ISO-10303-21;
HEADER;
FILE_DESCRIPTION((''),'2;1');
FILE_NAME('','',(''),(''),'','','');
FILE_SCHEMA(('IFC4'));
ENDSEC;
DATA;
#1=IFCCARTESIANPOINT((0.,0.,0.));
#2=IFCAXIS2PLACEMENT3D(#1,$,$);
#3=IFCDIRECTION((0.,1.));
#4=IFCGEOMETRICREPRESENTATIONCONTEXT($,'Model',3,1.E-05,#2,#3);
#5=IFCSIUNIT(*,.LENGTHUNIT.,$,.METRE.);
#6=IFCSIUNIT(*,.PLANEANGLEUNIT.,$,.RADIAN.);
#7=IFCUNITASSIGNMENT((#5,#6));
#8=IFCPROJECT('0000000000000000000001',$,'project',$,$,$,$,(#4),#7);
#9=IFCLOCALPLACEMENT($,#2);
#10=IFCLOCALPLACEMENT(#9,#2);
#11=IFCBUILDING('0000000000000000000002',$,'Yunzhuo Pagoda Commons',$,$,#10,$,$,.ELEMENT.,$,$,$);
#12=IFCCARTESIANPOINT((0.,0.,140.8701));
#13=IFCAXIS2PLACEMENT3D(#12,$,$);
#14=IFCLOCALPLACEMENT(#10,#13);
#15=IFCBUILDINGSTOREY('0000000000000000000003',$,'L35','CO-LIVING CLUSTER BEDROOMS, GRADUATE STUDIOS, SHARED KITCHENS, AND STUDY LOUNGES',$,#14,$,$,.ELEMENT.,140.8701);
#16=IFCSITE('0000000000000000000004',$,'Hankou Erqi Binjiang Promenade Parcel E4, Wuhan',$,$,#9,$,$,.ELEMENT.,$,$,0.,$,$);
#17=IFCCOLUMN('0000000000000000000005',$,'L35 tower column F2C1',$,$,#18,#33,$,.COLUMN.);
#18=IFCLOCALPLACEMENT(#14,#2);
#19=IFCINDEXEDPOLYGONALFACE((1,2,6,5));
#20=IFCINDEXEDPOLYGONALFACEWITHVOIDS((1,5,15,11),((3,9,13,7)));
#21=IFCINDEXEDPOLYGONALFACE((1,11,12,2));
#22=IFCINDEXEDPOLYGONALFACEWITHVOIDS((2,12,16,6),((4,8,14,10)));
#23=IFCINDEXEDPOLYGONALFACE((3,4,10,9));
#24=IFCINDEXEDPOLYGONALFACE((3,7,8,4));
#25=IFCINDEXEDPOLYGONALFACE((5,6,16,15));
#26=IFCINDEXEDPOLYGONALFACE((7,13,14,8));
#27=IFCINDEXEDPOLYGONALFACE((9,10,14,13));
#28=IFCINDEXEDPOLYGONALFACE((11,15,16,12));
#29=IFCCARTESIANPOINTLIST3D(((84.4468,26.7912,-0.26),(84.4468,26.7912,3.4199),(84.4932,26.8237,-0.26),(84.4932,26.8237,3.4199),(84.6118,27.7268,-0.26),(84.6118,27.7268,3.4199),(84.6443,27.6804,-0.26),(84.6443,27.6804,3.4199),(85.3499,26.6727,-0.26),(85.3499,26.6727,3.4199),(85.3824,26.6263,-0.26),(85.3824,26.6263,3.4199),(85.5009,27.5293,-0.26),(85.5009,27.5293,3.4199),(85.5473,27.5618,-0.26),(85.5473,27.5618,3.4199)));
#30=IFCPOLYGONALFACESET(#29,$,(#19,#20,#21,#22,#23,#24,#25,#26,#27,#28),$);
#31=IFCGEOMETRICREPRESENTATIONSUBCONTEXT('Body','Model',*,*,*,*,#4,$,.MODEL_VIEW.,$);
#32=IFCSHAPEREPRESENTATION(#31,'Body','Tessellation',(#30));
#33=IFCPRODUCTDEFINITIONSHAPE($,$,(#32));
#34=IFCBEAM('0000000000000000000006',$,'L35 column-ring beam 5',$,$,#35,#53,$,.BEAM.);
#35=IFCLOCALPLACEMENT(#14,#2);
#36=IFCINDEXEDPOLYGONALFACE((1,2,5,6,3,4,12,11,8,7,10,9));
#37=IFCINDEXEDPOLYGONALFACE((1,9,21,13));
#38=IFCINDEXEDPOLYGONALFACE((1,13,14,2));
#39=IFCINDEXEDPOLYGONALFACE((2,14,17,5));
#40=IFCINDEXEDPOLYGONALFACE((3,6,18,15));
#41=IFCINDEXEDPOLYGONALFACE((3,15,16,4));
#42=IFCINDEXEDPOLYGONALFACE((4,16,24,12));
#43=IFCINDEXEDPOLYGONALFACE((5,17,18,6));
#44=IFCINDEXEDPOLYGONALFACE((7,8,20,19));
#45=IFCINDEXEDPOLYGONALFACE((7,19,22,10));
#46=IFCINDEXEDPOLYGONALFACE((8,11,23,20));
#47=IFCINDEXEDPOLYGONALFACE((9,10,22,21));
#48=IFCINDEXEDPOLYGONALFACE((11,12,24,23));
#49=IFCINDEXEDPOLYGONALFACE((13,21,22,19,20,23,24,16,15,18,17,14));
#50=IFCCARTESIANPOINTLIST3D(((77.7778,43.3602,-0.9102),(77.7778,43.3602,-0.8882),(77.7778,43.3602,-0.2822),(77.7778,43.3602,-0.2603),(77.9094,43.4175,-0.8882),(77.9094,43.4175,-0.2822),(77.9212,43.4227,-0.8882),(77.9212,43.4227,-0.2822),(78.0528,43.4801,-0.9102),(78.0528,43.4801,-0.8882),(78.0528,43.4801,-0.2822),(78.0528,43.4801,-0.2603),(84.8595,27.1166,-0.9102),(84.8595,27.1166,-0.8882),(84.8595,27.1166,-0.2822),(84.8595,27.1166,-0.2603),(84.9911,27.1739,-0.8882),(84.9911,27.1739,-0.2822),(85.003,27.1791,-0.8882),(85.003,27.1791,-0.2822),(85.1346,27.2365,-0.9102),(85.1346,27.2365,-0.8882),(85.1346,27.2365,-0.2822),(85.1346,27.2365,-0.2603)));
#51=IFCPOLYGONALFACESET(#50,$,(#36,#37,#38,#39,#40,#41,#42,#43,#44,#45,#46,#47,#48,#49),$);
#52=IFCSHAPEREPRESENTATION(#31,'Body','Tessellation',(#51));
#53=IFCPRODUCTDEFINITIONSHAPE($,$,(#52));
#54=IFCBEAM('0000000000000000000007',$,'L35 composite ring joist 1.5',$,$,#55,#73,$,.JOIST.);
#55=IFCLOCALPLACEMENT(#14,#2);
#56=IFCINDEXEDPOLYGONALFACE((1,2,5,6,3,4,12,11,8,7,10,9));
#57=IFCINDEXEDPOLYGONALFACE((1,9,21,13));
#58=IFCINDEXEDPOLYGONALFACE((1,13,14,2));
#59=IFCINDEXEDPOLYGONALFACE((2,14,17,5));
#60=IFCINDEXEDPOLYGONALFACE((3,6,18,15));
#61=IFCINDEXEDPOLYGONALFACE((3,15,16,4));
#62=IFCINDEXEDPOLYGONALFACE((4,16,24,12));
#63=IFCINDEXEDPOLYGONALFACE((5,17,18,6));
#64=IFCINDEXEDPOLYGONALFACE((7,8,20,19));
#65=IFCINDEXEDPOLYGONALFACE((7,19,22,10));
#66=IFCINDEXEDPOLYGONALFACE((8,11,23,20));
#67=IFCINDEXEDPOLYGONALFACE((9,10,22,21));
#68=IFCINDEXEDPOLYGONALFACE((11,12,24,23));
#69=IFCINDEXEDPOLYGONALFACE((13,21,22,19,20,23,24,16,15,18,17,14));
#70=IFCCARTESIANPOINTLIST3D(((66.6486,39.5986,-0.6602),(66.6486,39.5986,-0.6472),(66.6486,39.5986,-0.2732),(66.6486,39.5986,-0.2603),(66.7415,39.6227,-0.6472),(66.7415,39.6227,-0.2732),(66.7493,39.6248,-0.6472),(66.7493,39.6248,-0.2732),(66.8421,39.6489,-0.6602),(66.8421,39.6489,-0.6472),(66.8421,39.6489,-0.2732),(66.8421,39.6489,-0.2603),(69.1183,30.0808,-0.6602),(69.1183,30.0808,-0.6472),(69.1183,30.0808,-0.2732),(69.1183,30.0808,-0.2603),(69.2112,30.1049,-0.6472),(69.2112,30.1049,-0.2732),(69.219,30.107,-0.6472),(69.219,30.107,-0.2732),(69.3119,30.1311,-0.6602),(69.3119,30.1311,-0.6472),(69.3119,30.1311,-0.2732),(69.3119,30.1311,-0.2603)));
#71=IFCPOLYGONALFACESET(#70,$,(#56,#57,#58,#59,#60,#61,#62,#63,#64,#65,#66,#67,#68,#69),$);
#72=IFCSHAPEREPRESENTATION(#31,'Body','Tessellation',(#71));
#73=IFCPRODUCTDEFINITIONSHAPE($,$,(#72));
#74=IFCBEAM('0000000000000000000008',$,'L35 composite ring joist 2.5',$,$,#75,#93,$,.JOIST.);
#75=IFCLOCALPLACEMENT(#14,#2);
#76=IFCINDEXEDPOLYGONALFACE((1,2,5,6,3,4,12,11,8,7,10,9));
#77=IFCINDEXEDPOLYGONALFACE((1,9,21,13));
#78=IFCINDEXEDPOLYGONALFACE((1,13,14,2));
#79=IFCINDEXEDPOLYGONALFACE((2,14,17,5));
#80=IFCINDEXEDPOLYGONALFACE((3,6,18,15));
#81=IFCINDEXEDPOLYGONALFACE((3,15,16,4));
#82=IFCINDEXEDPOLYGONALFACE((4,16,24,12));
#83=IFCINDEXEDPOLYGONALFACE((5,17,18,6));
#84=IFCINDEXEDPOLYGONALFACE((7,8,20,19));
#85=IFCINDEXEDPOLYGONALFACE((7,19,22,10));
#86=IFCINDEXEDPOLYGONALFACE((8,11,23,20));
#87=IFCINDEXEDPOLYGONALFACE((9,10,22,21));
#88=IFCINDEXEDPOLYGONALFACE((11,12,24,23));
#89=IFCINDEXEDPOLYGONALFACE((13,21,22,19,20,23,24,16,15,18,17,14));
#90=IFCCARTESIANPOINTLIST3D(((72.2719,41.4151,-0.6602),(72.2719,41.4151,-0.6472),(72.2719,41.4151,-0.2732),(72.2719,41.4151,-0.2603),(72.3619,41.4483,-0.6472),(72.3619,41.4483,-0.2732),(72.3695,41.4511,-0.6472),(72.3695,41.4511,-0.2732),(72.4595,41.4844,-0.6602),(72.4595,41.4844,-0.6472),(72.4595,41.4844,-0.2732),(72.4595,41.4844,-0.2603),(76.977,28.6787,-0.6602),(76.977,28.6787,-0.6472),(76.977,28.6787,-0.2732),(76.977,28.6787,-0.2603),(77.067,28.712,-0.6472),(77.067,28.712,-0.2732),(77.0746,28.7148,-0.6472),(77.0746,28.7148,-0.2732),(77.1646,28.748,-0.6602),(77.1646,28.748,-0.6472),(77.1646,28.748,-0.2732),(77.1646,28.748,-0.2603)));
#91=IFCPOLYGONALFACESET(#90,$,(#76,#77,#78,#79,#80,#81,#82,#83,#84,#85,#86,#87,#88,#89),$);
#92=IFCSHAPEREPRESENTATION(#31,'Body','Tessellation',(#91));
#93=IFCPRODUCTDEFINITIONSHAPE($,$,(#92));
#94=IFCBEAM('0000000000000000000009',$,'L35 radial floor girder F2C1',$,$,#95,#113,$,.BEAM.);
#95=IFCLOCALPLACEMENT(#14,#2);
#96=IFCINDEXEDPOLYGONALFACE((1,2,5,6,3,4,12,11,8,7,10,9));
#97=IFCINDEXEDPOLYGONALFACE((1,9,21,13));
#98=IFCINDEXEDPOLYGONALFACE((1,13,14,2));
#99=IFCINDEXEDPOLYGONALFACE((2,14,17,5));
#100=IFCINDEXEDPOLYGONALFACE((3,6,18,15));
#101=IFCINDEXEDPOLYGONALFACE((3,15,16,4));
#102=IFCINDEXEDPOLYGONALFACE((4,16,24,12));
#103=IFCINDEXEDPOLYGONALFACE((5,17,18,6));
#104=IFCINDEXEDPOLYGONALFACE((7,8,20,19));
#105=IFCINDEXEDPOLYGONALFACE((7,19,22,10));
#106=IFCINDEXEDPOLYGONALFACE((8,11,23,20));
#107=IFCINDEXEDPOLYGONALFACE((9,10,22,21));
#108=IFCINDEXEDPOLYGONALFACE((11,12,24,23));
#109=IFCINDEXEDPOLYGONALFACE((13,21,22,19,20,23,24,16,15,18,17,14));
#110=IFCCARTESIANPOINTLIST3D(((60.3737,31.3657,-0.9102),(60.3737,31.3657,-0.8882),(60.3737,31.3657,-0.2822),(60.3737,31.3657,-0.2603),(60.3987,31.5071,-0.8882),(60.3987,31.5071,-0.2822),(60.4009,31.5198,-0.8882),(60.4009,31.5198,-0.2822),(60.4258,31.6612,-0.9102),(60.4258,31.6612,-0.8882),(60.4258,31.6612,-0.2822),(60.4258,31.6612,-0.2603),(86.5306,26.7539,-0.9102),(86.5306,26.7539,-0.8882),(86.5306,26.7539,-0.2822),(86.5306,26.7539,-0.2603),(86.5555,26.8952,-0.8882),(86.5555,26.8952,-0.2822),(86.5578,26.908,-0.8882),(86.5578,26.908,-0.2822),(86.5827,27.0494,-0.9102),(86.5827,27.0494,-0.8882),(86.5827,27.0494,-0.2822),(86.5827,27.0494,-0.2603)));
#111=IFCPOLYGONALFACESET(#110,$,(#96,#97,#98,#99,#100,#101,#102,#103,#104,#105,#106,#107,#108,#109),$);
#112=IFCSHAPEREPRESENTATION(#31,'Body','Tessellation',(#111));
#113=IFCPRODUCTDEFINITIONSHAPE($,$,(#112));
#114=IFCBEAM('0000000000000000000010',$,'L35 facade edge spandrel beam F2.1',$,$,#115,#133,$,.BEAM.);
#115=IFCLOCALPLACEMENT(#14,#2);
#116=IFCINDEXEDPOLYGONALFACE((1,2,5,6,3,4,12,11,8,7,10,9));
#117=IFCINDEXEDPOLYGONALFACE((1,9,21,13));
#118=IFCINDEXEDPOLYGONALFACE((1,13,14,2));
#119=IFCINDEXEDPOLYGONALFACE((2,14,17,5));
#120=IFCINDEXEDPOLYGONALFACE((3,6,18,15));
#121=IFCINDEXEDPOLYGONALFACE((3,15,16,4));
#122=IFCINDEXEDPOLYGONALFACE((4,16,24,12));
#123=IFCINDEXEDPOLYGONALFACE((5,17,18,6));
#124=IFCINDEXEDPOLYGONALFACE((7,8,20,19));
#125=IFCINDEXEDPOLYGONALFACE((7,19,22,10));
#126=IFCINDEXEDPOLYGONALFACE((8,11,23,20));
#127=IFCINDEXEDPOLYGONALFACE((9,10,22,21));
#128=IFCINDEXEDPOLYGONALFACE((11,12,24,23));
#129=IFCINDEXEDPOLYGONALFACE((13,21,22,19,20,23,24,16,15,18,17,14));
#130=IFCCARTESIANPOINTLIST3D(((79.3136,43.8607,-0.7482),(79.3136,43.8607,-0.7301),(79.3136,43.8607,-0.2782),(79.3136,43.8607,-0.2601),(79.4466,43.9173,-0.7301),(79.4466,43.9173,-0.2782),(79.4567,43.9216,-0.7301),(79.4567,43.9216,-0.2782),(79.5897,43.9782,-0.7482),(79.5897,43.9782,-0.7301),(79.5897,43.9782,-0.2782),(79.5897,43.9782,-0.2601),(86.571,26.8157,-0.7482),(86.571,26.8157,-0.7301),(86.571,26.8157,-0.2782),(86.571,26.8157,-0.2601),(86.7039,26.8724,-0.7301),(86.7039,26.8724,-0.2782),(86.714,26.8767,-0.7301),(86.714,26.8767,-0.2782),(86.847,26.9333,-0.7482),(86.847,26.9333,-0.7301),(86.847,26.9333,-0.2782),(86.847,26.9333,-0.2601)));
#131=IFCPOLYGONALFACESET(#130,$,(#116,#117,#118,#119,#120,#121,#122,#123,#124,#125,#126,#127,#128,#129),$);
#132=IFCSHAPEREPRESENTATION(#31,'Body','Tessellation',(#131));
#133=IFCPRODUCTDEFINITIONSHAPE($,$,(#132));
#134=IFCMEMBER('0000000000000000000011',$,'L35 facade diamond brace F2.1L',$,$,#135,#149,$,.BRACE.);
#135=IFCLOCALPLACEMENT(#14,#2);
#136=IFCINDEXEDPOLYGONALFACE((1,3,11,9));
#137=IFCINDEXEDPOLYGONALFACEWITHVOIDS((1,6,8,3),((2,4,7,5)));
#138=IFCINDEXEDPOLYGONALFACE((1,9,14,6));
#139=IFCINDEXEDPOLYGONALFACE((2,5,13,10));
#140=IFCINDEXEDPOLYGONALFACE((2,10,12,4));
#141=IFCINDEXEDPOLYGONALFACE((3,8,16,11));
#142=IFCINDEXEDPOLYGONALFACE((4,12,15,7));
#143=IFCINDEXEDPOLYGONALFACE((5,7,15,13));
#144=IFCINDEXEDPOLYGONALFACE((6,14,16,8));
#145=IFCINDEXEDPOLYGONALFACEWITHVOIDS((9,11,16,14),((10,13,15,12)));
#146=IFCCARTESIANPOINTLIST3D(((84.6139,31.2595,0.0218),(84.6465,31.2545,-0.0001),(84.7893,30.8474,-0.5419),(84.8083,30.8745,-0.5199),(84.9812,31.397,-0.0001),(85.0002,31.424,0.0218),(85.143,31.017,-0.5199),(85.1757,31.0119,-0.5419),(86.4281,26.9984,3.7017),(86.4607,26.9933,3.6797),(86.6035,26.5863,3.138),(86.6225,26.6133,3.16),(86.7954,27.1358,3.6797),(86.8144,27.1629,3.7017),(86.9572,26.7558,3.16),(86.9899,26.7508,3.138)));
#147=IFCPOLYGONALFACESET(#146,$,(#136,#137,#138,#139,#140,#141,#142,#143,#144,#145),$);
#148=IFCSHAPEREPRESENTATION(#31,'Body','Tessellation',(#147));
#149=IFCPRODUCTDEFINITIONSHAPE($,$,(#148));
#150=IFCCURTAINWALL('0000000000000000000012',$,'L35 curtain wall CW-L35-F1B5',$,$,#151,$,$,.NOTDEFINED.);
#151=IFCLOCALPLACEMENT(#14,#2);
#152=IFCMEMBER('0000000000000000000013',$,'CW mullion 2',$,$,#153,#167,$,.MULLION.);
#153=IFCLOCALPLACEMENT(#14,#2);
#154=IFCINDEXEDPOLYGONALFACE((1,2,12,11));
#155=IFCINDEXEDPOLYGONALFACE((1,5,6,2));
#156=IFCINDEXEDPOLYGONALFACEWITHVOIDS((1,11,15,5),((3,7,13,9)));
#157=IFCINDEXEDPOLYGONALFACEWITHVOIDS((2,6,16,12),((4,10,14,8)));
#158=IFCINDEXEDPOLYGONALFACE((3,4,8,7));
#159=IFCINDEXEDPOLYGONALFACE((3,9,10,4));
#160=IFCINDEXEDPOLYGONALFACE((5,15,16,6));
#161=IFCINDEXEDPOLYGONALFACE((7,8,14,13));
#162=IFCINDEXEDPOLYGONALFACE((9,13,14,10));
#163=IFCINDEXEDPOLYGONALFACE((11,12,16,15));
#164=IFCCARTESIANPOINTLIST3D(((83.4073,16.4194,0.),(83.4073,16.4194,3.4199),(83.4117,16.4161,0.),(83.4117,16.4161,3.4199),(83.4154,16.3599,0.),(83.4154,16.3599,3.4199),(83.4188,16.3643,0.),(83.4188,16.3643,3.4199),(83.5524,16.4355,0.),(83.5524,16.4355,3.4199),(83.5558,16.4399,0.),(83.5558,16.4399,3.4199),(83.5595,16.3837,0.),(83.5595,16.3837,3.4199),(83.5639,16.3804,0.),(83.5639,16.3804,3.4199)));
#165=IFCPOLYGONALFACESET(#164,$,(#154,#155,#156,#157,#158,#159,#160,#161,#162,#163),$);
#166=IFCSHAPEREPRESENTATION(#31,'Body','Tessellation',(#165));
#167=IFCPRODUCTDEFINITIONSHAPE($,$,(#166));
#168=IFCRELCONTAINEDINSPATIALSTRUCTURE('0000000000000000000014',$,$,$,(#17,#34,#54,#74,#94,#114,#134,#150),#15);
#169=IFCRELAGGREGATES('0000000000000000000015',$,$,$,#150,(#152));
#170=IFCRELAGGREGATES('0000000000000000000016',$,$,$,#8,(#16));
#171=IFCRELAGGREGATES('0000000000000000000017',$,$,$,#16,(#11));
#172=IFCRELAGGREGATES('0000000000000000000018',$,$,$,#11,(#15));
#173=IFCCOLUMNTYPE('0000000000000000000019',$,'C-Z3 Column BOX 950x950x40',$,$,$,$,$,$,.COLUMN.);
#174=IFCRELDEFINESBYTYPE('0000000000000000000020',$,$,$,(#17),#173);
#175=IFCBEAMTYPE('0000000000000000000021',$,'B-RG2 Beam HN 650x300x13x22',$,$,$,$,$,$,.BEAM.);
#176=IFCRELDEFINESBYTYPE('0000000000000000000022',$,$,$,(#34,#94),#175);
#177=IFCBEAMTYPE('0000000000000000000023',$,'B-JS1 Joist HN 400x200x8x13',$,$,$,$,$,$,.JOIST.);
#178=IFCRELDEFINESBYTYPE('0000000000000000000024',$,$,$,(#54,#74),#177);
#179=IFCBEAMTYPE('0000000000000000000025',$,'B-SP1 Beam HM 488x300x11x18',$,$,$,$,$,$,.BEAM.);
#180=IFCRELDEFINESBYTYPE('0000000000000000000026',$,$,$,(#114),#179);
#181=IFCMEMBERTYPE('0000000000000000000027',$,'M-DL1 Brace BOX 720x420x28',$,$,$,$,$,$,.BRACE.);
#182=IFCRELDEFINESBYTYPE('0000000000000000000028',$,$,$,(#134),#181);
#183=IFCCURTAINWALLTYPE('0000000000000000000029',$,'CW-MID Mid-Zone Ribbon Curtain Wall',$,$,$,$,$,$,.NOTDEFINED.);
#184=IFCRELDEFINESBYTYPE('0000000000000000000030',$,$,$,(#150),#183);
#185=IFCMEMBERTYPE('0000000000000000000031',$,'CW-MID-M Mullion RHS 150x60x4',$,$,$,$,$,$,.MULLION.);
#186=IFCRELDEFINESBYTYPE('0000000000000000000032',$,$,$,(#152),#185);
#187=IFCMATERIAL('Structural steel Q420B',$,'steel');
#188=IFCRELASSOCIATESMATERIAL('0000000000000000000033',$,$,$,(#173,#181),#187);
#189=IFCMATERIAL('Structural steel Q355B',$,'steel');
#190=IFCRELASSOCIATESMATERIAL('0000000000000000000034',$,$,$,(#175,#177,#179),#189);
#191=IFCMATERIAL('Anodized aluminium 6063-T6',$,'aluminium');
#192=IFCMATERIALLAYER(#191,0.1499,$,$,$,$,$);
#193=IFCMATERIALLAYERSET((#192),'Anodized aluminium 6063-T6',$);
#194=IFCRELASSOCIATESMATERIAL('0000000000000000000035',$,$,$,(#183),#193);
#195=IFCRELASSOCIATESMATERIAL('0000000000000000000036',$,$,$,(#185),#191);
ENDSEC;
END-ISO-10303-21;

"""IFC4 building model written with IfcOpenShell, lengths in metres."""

from ifc_helpers import new_model, si_unit, direction, frame, origin, origin_2d, place, context, subcontext, project, spatial, hollow_rectangle, i_section, extrude, source, transform, mapped, material, layer, layer_set, material_profile, profile_set, type_object, element, aggregate, save


model = new_model("IFC4")

# Units and contexts
model_context = context("Model", 3, precision=1e-05, world=origin(), true_north=direction((0.0, 1.0)))
body_context = subcontext(model_context, "Body", "Model", "MODEL_VIEW")
ifc_project = project(units=[si_unit("LENGTHUNIT", "METRE"), si_unit("PLANEANGLEUNIT", "RADIAN")], contexts=[model_context])

# Site, building, storey
site_placement = place(None, origin())
site = spatial("IfcSite", under=ifc_project, at=site_placement, Name="Hankou Erqi Binjiang Promenade Parcel E4, Wuhan", CompositionType="ELEMENT", RefElevation=0.0)
building_placement = place(site_placement, origin())
building = spatial("IfcBuilding", under=site, at=building_placement, Name="Yunzhuo Pagoda Commons", CompositionType="ELEMENT")
storey_placement = place(building_placement, frame((0.0, 0.0, 140.8701)))
storey = spatial("IfcBuildingStorey", under=building, at=storey_placement, Name="L35", Description="CO-LIVING CLUSTER BEDROOMS, GRADUATE STUDIOS, SHARED KITCHENS, AND STUDY LOUNGES", CompositionType="ELEMENT", Elevation=140.8701)

# Column
ifc_material_1 = material(Name="Structural steel Q420B", Category="steel")
ifc_material_profile_1 = material_profile(ifc_material_1, hollow_rectangle(XDim=0.95, YDim=0.95, WallThickness=0.04, at=origin_2d()), Name="Structural steel Q420B")
ifc_profile_set_1 = profile_set([ifc_material_profile_1], Name="Structural steel Q420B")
column_type = type_object("IfcColumnType", Name="C-Z3 Column BOX 950x950x40", PredefinedType="COLUMN", material=ifc_profile_set_1)
shared_shape_1 = source(origin(), body_context, "Body", "SweptSolid", [
    extrude(hollow_rectangle(XDim=0.95, YDim=0.95, WallThickness=0.04, at=origin_2d()), origin(), (0.0, 0.0, 1.0), 3.6799),
])
column_placement = place(storey_placement, frame((84.9971, 27.1765, -0.26), z_axis=(0.0, 0.0, 1.0), x_axis=(0.173648, 0.984808, 0.0)))
element("IfcColumn", 1, at=column_placement, inside=storey, type_object=column_type, Name="L35 tower column F2C1", PredefinedType="COLUMN", context=body_context, shape_type="MappedRepresentation", body=[
    mapped(shared_shape_1, transform((0.0, 0.0, 0.0), scale=1.0)),
])

# Beams
ifc_material_2 = material(Name="Structural steel Q355B", Category="steel")
ifc_material_profile_2 = material_profile(ifc_material_2, i_section(OverallWidth=0.3, OverallDepth=0.6499, WebThickness=0.0129, FlangeThickness=0.022, at=origin_2d()), Name="Structural steel Q355B")
ifc_profile_set_2 = profile_set([ifc_material_profile_2], Name="Structural steel Q355B")
beam_type_1 = type_object("IfcBeamType", Name="B-RG2 Beam HN 650x300x13x22", PredefinedType="BEAM", material=ifc_profile_set_2)
shared_shape_2 = source(origin(), body_context, "Body", "SweptSolid", [
    extrude(i_section(OverallWidth=0.3, OverallDepth=0.6499, WebThickness=0.0129, FlangeThickness=0.022, at=origin_2d()), origin(), (0.0, 0.0, 1.0), 17.7202),
])
beam_1_placement = place(storey_placement, frame((84.9971, 27.1765, -0.5852), z_axis=(-0.399643, 0.916671, 0.0), x_axis=(-0.916671, -0.399643, 0.0)))
element("IfcBeam", 2, at=beam_1_placement, inside=storey, type_object=beam_type_1, Name="L35 column-ring beam 5", PredefinedType="BEAM", context=body_context, shape_type="MappedRepresentation", body=[
    mapped(shared_shape_2, transform((0.0, 0.0, 0.0), scale=1.0)),
])
ifc_material_profile_3 = material_profile(ifc_material_2, i_section(OverallWidth=0.2, OverallDepth=0.3999, WebThickness=0.0081, FlangeThickness=0.0129, at=origin_2d()), Name="Structural steel Q355B")
ifc_profile_set_3 = profile_set([ifc_material_profile_3], Name="Structural steel Q355B")
beam_type_2 = type_object("IfcBeamType", Name="B-JS1 Joist HN 400x200x8x13", PredefinedType="JOIST", material=ifc_profile_set_3)
shared_shape_3 = source(origin(), body_context, "Body", "SweptSolid", [
    extrude(i_section(OverallWidth=0.2, OverallDepth=0.3999, WebThickness=0.0081, FlangeThickness=0.0129, at=origin_2d()), origin(), (0.0, 0.0, 1.0), 9.833),
])
beam_2_placement = place(storey_placement, frame((69.2151, 30.106, -0.4602), z_axis=(-0.251166, 0.967944, 0.0), x_axis=(-0.967944, -0.251166, 0.0)))
element("IfcBeam", 3, at=beam_2_placement, inside=storey, type_object=beam_type_2, Name="L35 composite ring joist 1.5", PredefinedType="JOIST", context=body_context, shape_type="MappedRepresentation", body=[
    mapped(shared_shape_3, transform((0.0, 0.0, 0.0), scale=1.0)),
])
shared_shape_4 = source(origin(), body_context, "Body", "SweptSolid", [
    extrude(i_section(OverallWidth=0.2, OverallDepth=0.3999, WebThickness=0.0081, FlangeThickness=0.0129, at=origin_2d()), origin(), (0.0, 0.0, 1.0), 13.5776),
])
beam_3_placement = place(storey_placement, frame((77.0708, 28.7134, -0.4602), z_axis=(-0.346532, 0.938038, 0.0), x_axis=(-0.938038, -0.346532, 0.0)))
element("IfcBeam", 4, at=beam_3_placement, inside=storey, type_object=beam_type_2, Name="L35 composite ring joist 2.5", PredefinedType="JOIST", context=body_context, shape_type="MappedRepresentation", body=[
    mapped(shared_shape_4, transform((0.0, 0.0, 0.0), scale=1.0)),
])
shared_shape_5 = source(origin(), body_context, "Body", "SweptSolid", [
    extrude(i_section(OverallWidth=0.3, OverallDepth=0.6499, WebThickness=0.0129, FlangeThickness=0.022, at=origin_2d()), origin(), (0.0, 0.0, 1.0), 26.5603),
])
beam_4_placement = place(storey_placement, frame((86.5566, 26.9016, -0.5852), z_axis=(-0.98481, 0.173636, 0.0), x_axis=(-0.173636, -0.98481, 0.0)))
element("IfcBeam", 5, at=beam_4_placement, inside=storey, type_object=beam_type_1, Name="L35 radial floor girder F2C1", PredefinedType="BEAM", context=body_context, shape_type="MappedRepresentation", body=[
    mapped(shared_shape_5, transform((0.0, 0.0, 0.0), scale=1.0)),
])
ifc_material_profile_4 = material_profile(ifc_material_2, i_section(OverallWidth=0.3, OverallDepth=0.488, WebThickness=0.011, FlangeThickness=0.0181, at=origin_2d()), Name="Structural steel Q355B")
ifc_profile_set_4 = profile_set([ifc_material_profile_4], Name="Structural steel Q355B")
beam_type_3 = type_object("IfcBeamType", Name="B-SP1 Beam HM 488x300x11x18", PredefinedType="BEAM", material=ifc_profile_set_4)
shared_shape_6 = source(origin(), body_context, "Body", "SweptSolid", [
    extrude(i_section(OverallWidth=0.3, OverallDepth=0.488, WebThickness=0.011, FlangeThickness=0.0181, at=origin_2d()), origin(), (0.0, 0.0, 1.0), 18.5256),
])
beam_5_placement = place(storey_placement, frame((86.709, 26.8745, -0.5042), z_axis=(-0.391746, 0.920074, 0.0), x_axis=(-0.920074, -0.391746, 0.0)))
element("IfcBeam", 6, at=beam_5_placement, inside=storey, type_object=beam_type_3, Name="L35 facade edge spandrel beam F2.1", PredefinedType="BEAM", context=body_context, shape_type="MappedRepresentation", body=[
    mapped(shared_shape_6, transform((0.0, 0.0, 0.0), scale=1.0)),
])

# Member
ifc_material_profile_5 = material_profile(ifc_material_1, hollow_rectangle(XDim=0.4199, YDim=0.72, WallThickness=0.0281, at=origin_2d()), Name="Structural steel Q420B")
ifc_profile_set_5 = profile_set([ifc_material_profile_5], Name="Structural steel Q420B")
member_type_1 = type_object("IfcMemberType", Name="M-DL1 Brace BOX 720x420x28", PredefinedType="BRACE", material=ifc_profile_set_5)
shared_shape_7 = source(origin(), body_context, "Body", "SweptSolid", [
    extrude(hollow_rectangle(XDim=0.4199, YDim=0.72, WallThickness=0.0281, at=origin_2d()), origin(), (0.0, 0.0, 1.0), 5.9153),
])
member_1_placement = place(storey_placement, frame((84.8948, 31.1357, -0.26), z_axis=(0.306695, -0.720369, 0.622099), x_axis=(0.920083, 0.391723, 0.0)))
element("IfcMember", 7, at=member_1_placement, inside=storey, type_object=member_type_1, Name="L35 facade diamond brace F2.1L", PredefinedType="BRACE", context=body_context, shape_type="MappedRepresentation", body=[
    mapped(shared_shape_7, transform((0.0, 0.0, 0.0), scale=1.0)),
])

# Curtain wall, member
ifc_material_3 = material(Name="Anodized aluminium 6063-T6", Category="aluminium")
ifc_layer_1 = layer(ifc_material_3, 0.1499)
ifc_layer_set_1 = layer_set([ifc_layer_1], Name="Anodized aluminium 6063-T6")
curtain_wall_type = type_object("IfcCurtainWallType", Name="CW-MID Mid-Zone Ribbon Curtain Wall", PredefinedType="NOTDEFINED", material=ifc_layer_set_1)
curtain_wall_1_placement = place(storey_placement, origin())
curtain_wall_1 = element("IfcCurtainWall", 8, at=curtain_wall_1_placement, inside=storey, type_object=curtain_wall_type, Name="L35 curtain wall CW-L35-F1B5", PredefinedType="NOTDEFINED")
ifc_material_profile_6 = material_profile(ifc_material_3, hollow_rectangle(XDim=0.0601, YDim=0.1499, WallThickness=0.0039, at=origin_2d()), Name="Anodized aluminium 6063-T6")
ifc_profile_set_6 = profile_set([ifc_material_profile_6], Name="Anodized aluminium 6063-T6")
member_type_2 = type_object("IfcMemberType", Name="CW-MID-M Mullion RHS 150x60x4", PredefinedType="MULLION", material=ifc_profile_set_6)
shared_shape_8 = source(origin(), body_context, "Body", "SweptSolid", [
    extrude(hollow_rectangle(XDim=0.0601, YDim=0.1499, WallThickness=0.0039, at=origin_2d()), origin(), (0.0, 0.0, 1.0), 3.4199),
])
member_2_placement = place(storey_placement, frame((83.4856, 16.3999, 0.0), z_axis=(0.0, 0.0, 1.0), x_axis=(-0.136221, 0.990679, 0.0)))
member_2 = element("IfcMember", 9, at=member_2_placement, type_object=member_type_2, Name="CW mullion 2", PredefinedType="MULLION", context=body_context, shape_type="MappedRepresentation", body=[
    mapped(shared_shape_8, transform((0.0, 0.0, 0.0), scale=1.0)),
])

aggregate(curtain_wall_1, [member_2])

save(model, "model.ifc")
